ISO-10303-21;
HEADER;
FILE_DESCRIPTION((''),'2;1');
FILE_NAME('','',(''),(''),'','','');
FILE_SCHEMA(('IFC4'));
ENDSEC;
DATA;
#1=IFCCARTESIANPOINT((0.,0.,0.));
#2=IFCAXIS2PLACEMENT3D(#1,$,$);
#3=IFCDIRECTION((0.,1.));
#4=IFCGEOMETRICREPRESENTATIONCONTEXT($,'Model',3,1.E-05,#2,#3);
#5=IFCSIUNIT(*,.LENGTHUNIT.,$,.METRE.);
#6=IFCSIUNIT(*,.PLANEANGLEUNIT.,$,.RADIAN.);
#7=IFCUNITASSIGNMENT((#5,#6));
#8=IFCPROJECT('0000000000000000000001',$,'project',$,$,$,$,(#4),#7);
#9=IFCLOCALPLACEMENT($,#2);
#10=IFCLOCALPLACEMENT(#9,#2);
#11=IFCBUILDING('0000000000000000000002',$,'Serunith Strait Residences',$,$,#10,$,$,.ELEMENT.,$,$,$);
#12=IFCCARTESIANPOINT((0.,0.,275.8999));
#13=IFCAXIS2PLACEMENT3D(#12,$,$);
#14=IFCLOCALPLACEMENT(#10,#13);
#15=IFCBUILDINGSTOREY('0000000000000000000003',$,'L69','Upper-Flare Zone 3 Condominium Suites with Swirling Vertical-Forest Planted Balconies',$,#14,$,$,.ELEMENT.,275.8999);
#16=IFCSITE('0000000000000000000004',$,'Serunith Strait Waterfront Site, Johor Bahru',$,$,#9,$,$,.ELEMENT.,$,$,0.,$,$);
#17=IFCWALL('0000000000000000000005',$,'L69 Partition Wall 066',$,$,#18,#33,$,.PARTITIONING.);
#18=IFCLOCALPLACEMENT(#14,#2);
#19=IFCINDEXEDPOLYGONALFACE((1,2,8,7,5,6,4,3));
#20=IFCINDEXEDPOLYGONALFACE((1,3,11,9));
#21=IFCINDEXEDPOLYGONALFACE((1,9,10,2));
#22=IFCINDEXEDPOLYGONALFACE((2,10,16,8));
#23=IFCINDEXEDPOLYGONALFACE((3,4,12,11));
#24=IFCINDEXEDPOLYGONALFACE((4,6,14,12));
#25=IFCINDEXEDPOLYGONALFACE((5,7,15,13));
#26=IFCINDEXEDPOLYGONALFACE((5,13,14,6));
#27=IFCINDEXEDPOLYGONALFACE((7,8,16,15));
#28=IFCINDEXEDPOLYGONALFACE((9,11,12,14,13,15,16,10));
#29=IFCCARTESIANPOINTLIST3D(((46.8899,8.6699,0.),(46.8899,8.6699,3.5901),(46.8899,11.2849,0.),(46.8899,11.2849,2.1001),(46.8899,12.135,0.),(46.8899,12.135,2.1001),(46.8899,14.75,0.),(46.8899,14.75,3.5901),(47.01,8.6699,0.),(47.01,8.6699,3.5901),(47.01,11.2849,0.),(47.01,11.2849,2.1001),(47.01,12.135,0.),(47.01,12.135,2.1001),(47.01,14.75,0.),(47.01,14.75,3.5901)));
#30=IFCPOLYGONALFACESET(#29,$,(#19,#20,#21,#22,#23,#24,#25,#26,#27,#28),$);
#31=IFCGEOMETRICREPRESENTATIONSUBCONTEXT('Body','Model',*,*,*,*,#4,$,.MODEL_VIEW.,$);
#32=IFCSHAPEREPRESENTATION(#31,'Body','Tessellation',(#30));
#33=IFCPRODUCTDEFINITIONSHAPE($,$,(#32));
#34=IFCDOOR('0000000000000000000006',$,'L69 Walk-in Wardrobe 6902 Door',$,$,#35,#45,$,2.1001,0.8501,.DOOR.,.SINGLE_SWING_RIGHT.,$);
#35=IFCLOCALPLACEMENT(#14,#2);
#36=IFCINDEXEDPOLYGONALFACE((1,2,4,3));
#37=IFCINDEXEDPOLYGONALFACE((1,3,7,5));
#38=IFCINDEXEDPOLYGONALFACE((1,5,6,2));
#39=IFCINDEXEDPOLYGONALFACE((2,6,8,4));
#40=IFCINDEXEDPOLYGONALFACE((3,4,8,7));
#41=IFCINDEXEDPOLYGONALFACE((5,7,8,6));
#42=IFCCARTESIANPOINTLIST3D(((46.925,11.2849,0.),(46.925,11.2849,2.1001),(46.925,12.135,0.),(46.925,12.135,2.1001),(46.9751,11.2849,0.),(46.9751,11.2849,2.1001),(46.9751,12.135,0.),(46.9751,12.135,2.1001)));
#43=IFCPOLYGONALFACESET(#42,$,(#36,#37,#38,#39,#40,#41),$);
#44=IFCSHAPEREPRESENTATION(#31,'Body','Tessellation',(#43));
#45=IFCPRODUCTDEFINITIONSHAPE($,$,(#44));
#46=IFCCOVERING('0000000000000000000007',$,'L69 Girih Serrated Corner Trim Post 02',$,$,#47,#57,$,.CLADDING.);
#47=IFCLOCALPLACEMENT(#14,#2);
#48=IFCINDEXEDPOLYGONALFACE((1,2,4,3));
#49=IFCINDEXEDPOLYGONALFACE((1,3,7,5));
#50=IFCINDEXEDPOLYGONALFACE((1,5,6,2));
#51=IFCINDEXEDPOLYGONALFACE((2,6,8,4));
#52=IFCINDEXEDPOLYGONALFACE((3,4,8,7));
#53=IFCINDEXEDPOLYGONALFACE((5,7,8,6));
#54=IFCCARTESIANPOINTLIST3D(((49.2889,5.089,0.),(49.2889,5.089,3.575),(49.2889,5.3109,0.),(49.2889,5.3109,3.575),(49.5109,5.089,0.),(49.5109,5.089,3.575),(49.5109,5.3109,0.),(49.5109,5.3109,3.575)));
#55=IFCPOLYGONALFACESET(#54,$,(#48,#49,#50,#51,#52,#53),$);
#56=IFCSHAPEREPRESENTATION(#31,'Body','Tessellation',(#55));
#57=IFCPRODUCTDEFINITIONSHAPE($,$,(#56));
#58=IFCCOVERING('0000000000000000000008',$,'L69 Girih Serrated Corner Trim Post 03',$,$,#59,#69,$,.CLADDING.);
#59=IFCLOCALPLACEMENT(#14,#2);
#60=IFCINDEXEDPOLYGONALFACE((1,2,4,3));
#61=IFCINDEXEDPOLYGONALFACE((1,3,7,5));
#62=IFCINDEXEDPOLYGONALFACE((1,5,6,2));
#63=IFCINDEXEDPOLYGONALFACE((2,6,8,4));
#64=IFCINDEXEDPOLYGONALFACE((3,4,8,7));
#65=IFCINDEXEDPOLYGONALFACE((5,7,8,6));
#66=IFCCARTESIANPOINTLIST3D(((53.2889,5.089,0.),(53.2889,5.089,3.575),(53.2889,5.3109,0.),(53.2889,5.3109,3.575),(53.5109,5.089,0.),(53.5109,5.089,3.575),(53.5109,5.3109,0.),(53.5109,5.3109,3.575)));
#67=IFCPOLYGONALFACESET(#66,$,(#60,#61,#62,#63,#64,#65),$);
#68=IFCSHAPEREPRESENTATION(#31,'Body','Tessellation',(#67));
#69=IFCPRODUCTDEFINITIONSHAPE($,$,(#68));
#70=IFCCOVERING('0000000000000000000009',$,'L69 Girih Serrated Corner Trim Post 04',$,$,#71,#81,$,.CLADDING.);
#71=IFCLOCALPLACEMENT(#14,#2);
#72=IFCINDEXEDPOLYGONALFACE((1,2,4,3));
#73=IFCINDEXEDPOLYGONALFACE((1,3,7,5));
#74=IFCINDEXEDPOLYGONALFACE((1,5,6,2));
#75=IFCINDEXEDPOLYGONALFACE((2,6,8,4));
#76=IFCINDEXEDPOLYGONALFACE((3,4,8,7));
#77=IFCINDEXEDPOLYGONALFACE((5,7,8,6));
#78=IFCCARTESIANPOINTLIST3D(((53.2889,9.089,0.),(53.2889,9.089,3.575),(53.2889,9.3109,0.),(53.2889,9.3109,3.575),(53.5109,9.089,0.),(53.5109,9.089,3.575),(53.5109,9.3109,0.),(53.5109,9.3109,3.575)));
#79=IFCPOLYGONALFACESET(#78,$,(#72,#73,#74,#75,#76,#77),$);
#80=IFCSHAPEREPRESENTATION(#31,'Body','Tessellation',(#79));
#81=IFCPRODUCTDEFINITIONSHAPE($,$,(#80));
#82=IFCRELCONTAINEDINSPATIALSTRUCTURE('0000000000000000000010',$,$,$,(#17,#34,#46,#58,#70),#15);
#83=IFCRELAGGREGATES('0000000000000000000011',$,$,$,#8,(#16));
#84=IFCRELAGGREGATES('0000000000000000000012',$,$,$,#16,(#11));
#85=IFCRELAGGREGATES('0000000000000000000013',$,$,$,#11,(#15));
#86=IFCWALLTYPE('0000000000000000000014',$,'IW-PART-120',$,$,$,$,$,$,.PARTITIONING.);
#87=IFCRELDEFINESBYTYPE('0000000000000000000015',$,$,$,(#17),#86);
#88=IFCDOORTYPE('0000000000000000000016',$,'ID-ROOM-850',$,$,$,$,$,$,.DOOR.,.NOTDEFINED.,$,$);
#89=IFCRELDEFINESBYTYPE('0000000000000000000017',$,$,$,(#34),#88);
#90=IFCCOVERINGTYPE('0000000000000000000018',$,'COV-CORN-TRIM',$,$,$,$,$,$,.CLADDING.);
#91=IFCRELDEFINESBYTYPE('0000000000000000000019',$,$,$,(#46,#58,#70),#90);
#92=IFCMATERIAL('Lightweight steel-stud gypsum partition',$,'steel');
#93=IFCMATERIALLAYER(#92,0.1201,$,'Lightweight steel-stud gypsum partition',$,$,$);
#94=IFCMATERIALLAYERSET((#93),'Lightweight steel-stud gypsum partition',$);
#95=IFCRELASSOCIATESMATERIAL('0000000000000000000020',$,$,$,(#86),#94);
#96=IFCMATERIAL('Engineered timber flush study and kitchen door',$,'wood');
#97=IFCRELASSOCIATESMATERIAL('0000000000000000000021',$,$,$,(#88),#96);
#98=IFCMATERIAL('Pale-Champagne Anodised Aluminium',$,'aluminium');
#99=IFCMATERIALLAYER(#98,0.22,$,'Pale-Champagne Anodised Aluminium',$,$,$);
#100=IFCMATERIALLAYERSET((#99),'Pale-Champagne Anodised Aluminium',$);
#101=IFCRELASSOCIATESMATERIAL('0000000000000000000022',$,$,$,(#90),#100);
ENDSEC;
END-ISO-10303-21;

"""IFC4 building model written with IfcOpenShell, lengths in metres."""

from ifc_helpers import new_model, si_unit, direction, frame, frame_2d, origin, origin_2d, place, context, subcontext, project, spatial, rectangle, extrude, source, transform, mapped, material, layer, layer_set, type_object, element, fill, save


model = new_model("IFC4")

# Units and contexts
model_context = context("Model", 3, precision=1e-05, world=origin(), true_north=direction((0.0, 1.0)))
body_context = subcontext(model_context, "Body", "Model", "MODEL_VIEW")
ifc_project = project(units=[si_unit("LENGTHUNIT", "METRE"), si_unit("PLANEANGLEUNIT", "RADIAN")], contexts=[model_context])

# Site, building, storey
site_placement = place(None, origin())
site = spatial("IfcSite", under=ifc_project, at=site_placement, Name="Serunith Strait Waterfront Site, Johor Bahru", CompositionType="ELEMENT", RefElevation=0.0)
building_placement = place(site_placement, origin())
building = spatial("IfcBuilding", under=site, at=building_placement, Name="Serunith Strait Residences", CompositionType="ELEMENT")
storey_placement = place(building_placement, frame((0.0, 0.0, 275.8999)))
storey = spatial("IfcBuildingStorey", under=building, at=storey_placement, Name="L69", Description="Upper-Flare Zone 3 Condominium Suites with Swirling Vertical-Forest Planted Balconies", CompositionType="ELEMENT", Elevation=275.8999)

# Shared definitions
ifc_material_1 = material(Name="Pale-Champagne Anodised Aluminium", Category="aluminium")

# Shared definitions
ifc_material_2 = material(Name="Lightweight steel-stud gypsum partition", Category="steel")
ifc_layer_1 = layer(ifc_material_2, 0.1201, Name="Lightweight steel-stud gypsum partition")
ifc_layer_set_1 = layer_set([ifc_layer_1], Name="Lightweight steel-stud gypsum partition")
wall_type_1 = type_object("IfcWallType", Name="IW-PART-120", PredefinedType="PARTITIONING", material=ifc_layer_set_1)

# Wall, opening, door
wall_1_placement = place(storey_placement, frame((46.95, 8.6699, 0.0), z_axis=(0.0, 0.0, 1.0), x_axis=(0.0, 1.0, 0.0)))
wall_1 = element("IfcWall", 1, at=wall_1_placement, inside=storey, type_object=wall_type_1, Name="L69 Partition Wall 066", PredefinedType="PARTITIONING", context=body_context, shape_type="SweptSolid", body=[
    extrude(rectangle(XDim=6.0801, YDim=0.1201, at=frame_2d((3.04, 0.0))), origin(), (0.0, 0.0, 1.0), 3.5901),
])
opening_1_placement = place(wall_1_placement, frame((2.615, 0.0, 0.0)))
opening_1 = element("IfcOpeningElement", 2, at=opening_1_placement, cuts=wall_1, PredefinedType="OPENING", context=body_context, shape_type="SweptSolid", body=[
    extrude(rectangle(XDim=0.8501, YDim=2.1001, at=frame_2d((0.425, 1.05))), frame((0.0, 0.0701, 0.0), z_axis=(0.0, -1.0, 0.0), x_axis=(1.0, 0.0, 0.0)), (0.0, 0.0, 1.0), 0.1401),
])
ifc_material_3 = material(Name="Engineered timber flush study and kitchen door", Category="wood")
door_type_1 = type_object("IfcDoorType", Name="ID-ROOM-850", OperationType="NOTDEFINED", PredefinedType="DOOR", material=ifc_material_3)
shared_shape_1 = source(origin(), body_context, "Body", "SweptSolid", [
    extrude(rectangle(XDim=0.8501, YDim=2.1001, at=frame_2d((0.425, 1.05))), frame((0.0, 0.0249, 0.0), z_axis=(0.0, -1.0, 0.0), x_axis=(1.0, 0.0, 0.0)), (0.0, 0.0, 1.0), 0.05),
])
door_1_placement = place(opening_1_placement, origin())
door_1 = element("IfcDoor", 3, at=door_1_placement, inside=storey, type_object=door_type_1, Name="L69 Walk-in Wardrobe 6902 Door", OperationType="SINGLE_SWING_RIGHT", OverallHeight=2.1001, OverallWidth=0.8501, PredefinedType="DOOR", context=body_context, shape_type="MappedRepresentation", body=[
    mapped(shared_shape_1, transform((0.0, 0.0, 0.0), scale=1.0)),
])
fill(opening_1, door_1)

# Coverings
ifc_layer_2 = layer(ifc_material_1, 0.22, Name="Pale-Champagne Anodised Aluminium")
ifc_layer_set_2 = layer_set([ifc_layer_2], Name="Pale-Champagne Anodised Aluminium")
covering_type = type_object("IfcCoveringType", Name="COV-CORN-TRIM", PredefinedType="CLADDING", material=ifc_layer_set_2)
shared_shape_2 = source(origin(), body_context, "Body", "SweptSolid", [
    extrude(rectangle(XDim=0.2219, YDim=0.2219, at=origin_2d()), origin(), (0.0, 0.0, 1.0), 3.575),
])
for number, where, z_axis, x_axis, name in (
    (4, (49.3999, 5.2, 0.0), (0.0, 0.0, 1.0), (1.0, 0.0, 0.0), "L69 Girih Serrated Corner Trim Post 02"),
    (5, (53.3999, 5.2, 0.0), (0.0, 0.0, 1.0), (1.0, 0.0, 0.0), "L69 Girih Serrated Corner Trim Post 03"),
    (6, (53.3999, 9.2, 0.0), (0.0, 0.0, 1.0), (1.0, 0.0, 0.0), "L69 Girih Serrated Corner Trim Post 04"),
):
    element("IfcCovering", number, at=place(storey_placement, frame(where, z_axis=z_axis, x_axis=x_axis)), inside=storey, type_object=covering_type, Name=name, PredefinedType="CLADDING", context=body_context, shape_type="MappedRepresentation", body=[
        mapped(shared_shape_2, transform((0.0, 0.0, 0.0), scale=1.0)),
    ])

save(model, "model.ifc")
